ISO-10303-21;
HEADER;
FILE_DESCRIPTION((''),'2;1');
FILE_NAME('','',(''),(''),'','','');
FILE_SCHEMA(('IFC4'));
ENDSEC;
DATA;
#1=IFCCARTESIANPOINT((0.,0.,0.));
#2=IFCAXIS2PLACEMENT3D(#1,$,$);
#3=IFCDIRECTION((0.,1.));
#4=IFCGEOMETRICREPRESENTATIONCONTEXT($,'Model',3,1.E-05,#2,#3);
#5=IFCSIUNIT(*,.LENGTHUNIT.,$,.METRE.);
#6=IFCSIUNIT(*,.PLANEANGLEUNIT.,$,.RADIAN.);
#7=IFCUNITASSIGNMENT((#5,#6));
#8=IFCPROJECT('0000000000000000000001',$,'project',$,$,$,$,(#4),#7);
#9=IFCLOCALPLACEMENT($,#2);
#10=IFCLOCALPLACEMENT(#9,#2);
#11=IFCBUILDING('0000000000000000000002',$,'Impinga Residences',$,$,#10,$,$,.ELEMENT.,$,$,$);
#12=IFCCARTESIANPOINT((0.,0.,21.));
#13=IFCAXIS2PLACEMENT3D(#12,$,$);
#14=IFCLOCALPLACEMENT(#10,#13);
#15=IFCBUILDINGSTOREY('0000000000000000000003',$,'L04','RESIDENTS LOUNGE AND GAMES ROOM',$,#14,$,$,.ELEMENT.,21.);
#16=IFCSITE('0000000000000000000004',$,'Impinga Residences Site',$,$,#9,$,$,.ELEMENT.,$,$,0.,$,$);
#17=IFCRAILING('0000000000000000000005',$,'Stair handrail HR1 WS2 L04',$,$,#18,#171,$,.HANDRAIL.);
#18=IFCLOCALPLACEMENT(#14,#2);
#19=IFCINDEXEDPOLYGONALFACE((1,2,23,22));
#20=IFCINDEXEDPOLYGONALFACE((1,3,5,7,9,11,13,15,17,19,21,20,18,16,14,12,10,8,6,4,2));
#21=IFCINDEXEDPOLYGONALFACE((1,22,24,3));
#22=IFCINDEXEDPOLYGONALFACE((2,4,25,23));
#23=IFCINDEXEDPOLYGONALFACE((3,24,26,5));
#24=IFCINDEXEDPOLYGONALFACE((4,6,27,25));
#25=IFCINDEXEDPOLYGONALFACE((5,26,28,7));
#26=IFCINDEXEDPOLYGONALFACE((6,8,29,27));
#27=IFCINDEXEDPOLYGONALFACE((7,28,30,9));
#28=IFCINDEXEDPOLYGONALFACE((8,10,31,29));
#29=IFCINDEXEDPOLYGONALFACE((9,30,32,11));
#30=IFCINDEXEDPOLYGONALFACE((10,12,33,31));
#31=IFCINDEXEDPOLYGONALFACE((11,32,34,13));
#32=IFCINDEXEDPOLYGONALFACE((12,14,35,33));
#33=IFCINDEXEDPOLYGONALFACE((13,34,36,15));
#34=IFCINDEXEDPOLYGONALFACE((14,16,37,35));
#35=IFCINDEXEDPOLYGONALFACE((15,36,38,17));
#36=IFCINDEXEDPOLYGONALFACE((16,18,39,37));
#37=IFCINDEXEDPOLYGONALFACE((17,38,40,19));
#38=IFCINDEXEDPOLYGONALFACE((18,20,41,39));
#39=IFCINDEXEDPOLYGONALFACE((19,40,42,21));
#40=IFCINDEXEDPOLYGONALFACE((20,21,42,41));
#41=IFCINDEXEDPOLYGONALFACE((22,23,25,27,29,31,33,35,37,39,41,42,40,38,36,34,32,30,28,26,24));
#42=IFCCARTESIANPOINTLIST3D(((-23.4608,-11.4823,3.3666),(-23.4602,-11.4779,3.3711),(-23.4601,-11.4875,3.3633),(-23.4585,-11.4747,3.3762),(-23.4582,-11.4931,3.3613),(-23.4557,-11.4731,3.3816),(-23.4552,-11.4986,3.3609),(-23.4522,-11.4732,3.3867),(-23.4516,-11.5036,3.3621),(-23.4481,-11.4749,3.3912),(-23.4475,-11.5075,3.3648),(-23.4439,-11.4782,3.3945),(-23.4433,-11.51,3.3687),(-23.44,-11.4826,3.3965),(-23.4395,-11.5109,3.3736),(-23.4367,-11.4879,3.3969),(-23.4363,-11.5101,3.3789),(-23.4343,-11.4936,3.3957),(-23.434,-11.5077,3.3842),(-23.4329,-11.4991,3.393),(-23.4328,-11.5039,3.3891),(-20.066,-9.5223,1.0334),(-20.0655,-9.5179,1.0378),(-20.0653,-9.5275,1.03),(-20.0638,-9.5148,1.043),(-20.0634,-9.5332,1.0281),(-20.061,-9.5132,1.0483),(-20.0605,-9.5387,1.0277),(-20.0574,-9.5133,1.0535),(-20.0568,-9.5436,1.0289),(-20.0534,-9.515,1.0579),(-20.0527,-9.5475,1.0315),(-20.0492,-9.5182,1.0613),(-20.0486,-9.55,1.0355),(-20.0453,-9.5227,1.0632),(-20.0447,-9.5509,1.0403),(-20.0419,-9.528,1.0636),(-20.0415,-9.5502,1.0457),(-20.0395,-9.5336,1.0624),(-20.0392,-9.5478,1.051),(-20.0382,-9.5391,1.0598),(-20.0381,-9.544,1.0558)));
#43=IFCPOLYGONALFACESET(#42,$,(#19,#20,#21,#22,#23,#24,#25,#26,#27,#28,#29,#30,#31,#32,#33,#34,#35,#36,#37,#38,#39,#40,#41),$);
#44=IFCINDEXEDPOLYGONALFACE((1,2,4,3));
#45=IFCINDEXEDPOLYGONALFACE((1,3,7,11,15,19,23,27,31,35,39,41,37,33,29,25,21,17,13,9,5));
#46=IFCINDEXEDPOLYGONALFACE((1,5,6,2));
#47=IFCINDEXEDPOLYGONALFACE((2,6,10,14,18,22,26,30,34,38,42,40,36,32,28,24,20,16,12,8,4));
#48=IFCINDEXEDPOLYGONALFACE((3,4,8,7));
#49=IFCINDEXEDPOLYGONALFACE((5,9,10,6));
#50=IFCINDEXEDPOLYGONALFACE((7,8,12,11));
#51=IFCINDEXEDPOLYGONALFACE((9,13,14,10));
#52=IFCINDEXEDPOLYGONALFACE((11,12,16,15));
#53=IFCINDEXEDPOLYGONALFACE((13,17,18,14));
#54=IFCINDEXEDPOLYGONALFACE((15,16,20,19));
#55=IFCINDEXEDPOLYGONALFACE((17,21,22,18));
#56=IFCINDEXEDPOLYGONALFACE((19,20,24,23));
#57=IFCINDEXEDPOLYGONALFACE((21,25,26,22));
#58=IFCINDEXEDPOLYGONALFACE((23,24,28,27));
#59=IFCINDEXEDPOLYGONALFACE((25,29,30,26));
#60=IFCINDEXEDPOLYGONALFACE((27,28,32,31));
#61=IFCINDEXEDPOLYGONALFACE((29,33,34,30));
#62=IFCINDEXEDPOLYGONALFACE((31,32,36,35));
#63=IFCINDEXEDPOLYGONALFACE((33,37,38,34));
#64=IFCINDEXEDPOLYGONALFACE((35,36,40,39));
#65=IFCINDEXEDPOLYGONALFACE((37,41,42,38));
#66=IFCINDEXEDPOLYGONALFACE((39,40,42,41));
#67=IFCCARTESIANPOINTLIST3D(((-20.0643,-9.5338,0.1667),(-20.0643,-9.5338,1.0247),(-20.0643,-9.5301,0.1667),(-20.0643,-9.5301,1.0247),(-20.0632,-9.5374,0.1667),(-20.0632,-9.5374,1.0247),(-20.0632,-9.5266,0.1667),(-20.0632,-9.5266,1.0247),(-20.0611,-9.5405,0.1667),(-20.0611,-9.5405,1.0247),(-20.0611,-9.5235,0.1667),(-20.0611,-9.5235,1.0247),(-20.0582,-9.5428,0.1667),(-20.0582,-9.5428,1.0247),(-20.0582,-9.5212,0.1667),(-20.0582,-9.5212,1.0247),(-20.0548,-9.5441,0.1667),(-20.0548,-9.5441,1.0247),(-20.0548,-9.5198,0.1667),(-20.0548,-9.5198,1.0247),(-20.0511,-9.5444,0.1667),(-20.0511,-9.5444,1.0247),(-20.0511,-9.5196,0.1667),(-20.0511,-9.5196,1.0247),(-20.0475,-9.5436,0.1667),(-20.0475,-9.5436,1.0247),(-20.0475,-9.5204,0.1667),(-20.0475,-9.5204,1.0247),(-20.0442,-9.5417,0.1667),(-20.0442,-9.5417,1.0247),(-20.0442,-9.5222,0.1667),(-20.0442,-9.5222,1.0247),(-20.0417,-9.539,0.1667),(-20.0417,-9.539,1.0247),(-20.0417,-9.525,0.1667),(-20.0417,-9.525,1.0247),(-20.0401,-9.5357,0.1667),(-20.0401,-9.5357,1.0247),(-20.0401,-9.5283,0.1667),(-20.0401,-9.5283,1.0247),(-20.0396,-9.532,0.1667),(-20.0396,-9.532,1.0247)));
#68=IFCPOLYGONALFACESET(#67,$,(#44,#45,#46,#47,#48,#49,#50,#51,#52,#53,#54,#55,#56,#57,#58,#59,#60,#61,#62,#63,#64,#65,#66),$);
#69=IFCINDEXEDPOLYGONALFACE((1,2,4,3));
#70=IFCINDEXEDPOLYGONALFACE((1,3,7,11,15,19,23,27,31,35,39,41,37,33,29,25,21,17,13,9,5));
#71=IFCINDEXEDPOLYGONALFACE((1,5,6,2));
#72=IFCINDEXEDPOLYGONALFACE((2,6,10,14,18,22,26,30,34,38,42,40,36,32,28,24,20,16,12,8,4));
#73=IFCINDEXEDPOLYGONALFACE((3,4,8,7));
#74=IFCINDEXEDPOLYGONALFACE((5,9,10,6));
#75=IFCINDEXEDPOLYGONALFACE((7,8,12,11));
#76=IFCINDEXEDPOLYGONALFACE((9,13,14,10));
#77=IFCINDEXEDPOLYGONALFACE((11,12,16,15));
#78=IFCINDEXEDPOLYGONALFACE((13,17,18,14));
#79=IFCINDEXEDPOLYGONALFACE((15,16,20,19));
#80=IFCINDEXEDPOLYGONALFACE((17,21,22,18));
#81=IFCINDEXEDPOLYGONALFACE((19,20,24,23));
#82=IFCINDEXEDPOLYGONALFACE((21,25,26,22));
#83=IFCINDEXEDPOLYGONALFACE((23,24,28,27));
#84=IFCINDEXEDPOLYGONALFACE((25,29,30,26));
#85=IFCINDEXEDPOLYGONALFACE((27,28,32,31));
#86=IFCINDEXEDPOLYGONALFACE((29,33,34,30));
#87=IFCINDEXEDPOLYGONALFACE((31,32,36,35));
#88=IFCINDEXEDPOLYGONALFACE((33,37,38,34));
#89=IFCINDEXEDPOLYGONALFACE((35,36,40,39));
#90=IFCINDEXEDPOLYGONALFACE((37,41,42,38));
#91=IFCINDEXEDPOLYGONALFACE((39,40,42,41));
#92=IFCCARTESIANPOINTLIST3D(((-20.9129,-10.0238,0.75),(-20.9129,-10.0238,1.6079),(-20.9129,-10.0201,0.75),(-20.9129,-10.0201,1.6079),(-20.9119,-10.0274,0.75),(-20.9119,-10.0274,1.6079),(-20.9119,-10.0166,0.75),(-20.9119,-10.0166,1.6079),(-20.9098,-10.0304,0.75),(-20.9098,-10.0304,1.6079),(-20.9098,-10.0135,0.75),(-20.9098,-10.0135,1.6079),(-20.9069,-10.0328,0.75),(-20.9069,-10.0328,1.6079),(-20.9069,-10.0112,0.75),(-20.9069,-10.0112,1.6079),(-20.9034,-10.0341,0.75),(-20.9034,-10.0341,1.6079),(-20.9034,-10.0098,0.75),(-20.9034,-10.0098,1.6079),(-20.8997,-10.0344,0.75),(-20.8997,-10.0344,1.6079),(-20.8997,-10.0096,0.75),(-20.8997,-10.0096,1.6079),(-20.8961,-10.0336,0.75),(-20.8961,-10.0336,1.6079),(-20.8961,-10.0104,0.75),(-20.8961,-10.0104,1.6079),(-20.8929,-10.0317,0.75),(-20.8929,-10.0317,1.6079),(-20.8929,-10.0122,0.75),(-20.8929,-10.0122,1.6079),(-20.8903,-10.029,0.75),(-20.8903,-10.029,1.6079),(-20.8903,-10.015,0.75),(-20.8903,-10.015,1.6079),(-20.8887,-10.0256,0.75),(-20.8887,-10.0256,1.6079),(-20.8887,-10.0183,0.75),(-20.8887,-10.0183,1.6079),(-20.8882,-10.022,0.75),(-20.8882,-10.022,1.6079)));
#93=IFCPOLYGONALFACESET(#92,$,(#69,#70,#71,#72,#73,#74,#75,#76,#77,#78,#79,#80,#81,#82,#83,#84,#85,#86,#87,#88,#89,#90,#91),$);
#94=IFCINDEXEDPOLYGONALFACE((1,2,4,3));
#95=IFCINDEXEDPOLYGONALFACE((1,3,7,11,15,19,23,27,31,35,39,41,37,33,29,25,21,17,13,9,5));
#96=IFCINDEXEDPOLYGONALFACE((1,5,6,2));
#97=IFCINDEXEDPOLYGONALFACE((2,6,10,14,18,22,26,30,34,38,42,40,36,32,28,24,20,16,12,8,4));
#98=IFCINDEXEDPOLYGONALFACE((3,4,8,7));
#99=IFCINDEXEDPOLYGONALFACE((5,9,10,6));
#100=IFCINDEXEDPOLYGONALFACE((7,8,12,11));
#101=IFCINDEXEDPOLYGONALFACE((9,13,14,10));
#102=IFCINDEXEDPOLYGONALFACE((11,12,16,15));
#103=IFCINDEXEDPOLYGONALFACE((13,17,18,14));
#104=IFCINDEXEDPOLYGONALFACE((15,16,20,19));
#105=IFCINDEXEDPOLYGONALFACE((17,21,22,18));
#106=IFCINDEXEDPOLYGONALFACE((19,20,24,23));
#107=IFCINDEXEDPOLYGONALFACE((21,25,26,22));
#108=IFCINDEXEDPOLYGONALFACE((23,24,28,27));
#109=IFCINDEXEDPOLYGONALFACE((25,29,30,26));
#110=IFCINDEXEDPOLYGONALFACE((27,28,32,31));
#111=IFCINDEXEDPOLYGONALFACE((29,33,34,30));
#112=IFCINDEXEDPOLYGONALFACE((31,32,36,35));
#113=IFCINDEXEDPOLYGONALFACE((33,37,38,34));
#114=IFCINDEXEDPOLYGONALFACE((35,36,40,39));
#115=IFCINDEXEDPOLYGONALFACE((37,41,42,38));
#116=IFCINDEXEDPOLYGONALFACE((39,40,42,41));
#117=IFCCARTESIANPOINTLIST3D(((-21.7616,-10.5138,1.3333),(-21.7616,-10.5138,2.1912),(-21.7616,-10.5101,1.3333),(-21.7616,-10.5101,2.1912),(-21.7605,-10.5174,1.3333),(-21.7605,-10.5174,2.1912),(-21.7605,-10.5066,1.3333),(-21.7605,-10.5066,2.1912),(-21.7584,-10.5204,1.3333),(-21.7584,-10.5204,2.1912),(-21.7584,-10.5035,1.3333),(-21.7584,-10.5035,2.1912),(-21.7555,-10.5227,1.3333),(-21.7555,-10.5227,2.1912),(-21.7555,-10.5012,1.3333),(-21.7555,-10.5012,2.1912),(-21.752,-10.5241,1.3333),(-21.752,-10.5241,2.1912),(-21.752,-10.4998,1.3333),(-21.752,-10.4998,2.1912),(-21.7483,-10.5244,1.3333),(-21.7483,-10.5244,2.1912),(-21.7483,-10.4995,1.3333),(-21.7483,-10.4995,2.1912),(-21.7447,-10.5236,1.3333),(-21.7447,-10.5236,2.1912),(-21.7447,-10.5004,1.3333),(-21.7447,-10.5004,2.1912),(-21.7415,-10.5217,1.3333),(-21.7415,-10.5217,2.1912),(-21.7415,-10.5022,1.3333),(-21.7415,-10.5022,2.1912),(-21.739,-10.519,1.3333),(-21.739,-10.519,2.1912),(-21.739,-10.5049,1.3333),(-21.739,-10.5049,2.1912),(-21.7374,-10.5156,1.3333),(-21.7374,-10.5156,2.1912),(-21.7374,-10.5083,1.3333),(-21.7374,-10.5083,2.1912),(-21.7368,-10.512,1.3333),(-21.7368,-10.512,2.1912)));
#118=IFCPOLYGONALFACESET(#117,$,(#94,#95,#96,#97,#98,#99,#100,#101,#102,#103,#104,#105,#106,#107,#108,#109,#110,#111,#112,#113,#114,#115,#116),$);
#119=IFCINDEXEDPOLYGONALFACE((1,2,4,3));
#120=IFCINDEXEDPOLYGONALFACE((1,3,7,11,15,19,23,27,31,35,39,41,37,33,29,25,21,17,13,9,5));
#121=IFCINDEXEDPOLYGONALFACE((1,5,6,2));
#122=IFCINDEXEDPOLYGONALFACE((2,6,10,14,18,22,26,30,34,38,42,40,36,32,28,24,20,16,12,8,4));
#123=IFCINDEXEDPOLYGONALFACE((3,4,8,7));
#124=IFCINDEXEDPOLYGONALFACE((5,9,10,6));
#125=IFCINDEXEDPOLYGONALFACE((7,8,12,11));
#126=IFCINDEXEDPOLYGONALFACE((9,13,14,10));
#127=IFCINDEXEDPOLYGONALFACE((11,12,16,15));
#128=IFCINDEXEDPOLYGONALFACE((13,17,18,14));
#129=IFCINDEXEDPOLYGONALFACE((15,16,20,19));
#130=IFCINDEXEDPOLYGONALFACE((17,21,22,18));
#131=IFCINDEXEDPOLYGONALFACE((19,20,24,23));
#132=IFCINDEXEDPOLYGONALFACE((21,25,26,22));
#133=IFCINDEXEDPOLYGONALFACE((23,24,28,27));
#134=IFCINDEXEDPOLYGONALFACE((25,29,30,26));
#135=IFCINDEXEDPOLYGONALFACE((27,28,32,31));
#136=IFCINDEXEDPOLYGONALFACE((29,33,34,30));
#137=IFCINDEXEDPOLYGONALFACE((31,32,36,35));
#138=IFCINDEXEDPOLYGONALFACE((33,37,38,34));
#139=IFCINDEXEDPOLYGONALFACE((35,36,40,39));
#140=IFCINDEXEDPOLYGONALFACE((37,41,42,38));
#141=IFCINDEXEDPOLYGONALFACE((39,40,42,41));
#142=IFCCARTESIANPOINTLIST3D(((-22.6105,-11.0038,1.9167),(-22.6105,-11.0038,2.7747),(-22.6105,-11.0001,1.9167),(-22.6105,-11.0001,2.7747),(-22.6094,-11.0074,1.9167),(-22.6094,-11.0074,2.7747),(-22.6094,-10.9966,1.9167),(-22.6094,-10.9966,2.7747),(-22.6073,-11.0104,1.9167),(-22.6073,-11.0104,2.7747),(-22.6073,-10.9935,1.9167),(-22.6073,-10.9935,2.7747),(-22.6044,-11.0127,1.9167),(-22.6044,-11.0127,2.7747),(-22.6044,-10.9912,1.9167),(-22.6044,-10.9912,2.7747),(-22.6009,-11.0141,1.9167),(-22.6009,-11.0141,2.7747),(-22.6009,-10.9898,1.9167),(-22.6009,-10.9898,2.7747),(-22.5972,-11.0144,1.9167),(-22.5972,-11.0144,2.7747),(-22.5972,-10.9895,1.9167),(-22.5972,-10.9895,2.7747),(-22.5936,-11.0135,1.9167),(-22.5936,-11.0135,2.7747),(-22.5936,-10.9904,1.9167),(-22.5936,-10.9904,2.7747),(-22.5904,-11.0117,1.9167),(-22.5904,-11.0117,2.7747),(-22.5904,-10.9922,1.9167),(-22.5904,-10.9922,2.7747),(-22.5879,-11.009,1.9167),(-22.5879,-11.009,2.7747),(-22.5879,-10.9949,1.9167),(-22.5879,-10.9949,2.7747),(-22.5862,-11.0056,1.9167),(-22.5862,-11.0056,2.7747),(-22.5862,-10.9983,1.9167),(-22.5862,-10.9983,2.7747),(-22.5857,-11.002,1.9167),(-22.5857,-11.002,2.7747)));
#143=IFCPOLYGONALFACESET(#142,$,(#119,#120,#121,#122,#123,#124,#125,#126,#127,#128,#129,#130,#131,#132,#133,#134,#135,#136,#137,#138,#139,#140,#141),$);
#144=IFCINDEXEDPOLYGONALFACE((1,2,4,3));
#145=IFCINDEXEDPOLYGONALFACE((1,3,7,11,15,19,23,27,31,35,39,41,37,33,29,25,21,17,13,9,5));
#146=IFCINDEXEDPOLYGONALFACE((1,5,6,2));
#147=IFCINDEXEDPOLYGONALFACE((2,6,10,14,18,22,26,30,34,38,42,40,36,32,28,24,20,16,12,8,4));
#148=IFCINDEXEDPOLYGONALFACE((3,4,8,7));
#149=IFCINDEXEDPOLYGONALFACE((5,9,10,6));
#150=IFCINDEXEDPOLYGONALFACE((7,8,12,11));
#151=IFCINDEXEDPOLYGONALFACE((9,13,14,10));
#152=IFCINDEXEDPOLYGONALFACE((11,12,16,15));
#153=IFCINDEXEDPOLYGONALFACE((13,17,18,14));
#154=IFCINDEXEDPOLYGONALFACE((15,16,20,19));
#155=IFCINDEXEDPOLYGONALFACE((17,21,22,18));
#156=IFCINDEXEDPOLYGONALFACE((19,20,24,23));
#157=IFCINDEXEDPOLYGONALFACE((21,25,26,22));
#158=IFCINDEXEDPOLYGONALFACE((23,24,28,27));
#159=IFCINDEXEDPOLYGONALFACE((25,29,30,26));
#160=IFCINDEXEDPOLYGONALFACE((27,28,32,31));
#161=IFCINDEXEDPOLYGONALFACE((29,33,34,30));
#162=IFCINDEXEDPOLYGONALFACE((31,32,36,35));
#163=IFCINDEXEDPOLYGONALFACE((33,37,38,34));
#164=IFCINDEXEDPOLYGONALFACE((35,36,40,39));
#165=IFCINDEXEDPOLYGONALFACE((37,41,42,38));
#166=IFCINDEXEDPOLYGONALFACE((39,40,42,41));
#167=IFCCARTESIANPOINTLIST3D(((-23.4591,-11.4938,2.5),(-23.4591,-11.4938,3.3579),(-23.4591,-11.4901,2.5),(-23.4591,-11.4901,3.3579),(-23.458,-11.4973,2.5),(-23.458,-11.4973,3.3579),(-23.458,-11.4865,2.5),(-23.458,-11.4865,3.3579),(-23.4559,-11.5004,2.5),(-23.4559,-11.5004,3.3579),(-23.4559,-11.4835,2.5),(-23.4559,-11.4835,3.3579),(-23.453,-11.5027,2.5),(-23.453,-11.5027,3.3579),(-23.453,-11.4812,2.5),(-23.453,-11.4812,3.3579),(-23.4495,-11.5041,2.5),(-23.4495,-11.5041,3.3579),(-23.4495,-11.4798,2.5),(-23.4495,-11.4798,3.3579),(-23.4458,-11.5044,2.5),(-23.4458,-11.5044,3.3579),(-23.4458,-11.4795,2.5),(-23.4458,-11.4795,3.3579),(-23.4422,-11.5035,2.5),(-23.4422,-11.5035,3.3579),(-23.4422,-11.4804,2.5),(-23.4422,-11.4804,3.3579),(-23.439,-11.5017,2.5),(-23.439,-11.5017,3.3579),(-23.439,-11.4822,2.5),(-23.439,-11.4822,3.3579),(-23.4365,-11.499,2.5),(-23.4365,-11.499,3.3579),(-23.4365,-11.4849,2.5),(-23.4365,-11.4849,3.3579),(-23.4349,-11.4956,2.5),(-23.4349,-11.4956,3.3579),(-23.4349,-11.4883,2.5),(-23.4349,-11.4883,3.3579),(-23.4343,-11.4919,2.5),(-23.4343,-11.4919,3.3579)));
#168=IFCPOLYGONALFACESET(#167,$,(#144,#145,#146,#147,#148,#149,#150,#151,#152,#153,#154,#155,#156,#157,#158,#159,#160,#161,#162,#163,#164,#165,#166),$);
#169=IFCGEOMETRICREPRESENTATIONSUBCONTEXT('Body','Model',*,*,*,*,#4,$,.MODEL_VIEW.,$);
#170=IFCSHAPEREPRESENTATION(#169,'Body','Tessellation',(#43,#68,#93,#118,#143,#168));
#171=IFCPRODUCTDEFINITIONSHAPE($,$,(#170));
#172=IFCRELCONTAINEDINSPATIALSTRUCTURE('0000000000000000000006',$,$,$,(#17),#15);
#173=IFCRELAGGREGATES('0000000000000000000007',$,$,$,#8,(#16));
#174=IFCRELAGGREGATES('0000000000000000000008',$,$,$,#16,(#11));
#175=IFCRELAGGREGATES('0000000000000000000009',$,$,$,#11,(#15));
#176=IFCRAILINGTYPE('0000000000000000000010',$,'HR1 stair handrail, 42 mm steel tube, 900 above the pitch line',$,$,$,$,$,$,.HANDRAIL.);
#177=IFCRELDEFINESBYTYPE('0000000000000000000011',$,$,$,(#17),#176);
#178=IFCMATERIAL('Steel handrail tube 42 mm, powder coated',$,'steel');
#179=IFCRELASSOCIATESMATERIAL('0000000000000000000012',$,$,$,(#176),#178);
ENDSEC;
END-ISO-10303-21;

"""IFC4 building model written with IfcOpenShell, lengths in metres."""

from ifc_helpers import new_model, si_unit, direction, frame, origin, origin_2d, place, context, subcontext, project, spatial, circle, extrude, material, type_object, element, save


model = new_model("IFC4")

# Units and contexts
model_context = context("Model", 3, precision=1e-05, world=origin(), true_north=direction((0.0, 1.0)))
body_context = subcontext(model_context, "Body", "Model", "MODEL_VIEW")
ifc_project = project(units=[si_unit("LENGTHUNIT", "METRE"), si_unit("PLANEANGLEUNIT", "RADIAN")], contexts=[model_context])

# Site, building, storey
site_placement = place(None, origin())
site = spatial("IfcSite", under=ifc_project, at=site_placement, Name="Impinga Residences Site", CompositionType="ELEMENT", RefElevation=0.0)
building_placement = place(site_placement, origin())
building = spatial("IfcBuilding", under=site, at=building_placement, Name="Impinga Residences", CompositionType="ELEMENT")
storey_placement = place(building_placement, frame((0.0, 0.0, 21.0)))
storey = spatial("IfcBuildingStorey", under=building, at=storey_placement, Name="L04", Description="RESIDENTS LOUNGE AND GAMES ROOM", CompositionType="ELEMENT", Elevation=21.0)

# Railing
ifc_material_1 = material(Name="Steel handrail tube 42 mm, powder coated", Category="steel")
railing_type_1 = type_object("IfcRailingType", Name="HR1 stair handrail, 42 mm steel tube, 900 above the pitch line", PredefinedType="HANDRAIL", material=ifc_material_1)
railing_1_placement = place(storey_placement, frame((-20.052, -9.532, 0.1667)))
element("IfcRailing", 1, at=railing_1_placement, inside=storey, type_object=railing_type_1, Name="Stair handrail HR1 WS2 L04", PredefinedType="HANDRAIL", context=body_context, shape_type="SweptSolid", body=[
    extrude(circle(Radius=0.021, at=origin_2d()), frame((0.0, 0.0, 0.8789), z_axis=(-0.744175, -0.429646, 0.511476), x_axis=(0.499997, -0.866027, 0.0)), (0.0, 0.0, 1.0), 4.5618),
    extrude(circle(Radius=0.0125, at=origin_2d()), origin(), (0.0, 0.0, 1.0), 0.8579),
    extrude(circle(Radius=0.0125, at=origin_2d()), frame((-0.8486, -0.49, 0.5833)), (0.0, 0.0, 1.0), 0.8579),
    extrude(circle(Radius=0.0125, at=origin_2d()), frame((-1.6973, -0.98, 1.1665)), (0.0, 0.0, 1.0), 0.8579),
    extrude(circle(Radius=0.0125, at=origin_2d()), frame((-2.5461, -1.47, 1.75)), (0.0, 0.0, 1.0), 0.8579),
    extrude(circle(Radius=0.0125, at=origin_2d()), frame((-3.3948, -1.96, 2.3333)), (0.0, 0.0, 1.0), 0.8579),
])

save(model, "model.ifc")
